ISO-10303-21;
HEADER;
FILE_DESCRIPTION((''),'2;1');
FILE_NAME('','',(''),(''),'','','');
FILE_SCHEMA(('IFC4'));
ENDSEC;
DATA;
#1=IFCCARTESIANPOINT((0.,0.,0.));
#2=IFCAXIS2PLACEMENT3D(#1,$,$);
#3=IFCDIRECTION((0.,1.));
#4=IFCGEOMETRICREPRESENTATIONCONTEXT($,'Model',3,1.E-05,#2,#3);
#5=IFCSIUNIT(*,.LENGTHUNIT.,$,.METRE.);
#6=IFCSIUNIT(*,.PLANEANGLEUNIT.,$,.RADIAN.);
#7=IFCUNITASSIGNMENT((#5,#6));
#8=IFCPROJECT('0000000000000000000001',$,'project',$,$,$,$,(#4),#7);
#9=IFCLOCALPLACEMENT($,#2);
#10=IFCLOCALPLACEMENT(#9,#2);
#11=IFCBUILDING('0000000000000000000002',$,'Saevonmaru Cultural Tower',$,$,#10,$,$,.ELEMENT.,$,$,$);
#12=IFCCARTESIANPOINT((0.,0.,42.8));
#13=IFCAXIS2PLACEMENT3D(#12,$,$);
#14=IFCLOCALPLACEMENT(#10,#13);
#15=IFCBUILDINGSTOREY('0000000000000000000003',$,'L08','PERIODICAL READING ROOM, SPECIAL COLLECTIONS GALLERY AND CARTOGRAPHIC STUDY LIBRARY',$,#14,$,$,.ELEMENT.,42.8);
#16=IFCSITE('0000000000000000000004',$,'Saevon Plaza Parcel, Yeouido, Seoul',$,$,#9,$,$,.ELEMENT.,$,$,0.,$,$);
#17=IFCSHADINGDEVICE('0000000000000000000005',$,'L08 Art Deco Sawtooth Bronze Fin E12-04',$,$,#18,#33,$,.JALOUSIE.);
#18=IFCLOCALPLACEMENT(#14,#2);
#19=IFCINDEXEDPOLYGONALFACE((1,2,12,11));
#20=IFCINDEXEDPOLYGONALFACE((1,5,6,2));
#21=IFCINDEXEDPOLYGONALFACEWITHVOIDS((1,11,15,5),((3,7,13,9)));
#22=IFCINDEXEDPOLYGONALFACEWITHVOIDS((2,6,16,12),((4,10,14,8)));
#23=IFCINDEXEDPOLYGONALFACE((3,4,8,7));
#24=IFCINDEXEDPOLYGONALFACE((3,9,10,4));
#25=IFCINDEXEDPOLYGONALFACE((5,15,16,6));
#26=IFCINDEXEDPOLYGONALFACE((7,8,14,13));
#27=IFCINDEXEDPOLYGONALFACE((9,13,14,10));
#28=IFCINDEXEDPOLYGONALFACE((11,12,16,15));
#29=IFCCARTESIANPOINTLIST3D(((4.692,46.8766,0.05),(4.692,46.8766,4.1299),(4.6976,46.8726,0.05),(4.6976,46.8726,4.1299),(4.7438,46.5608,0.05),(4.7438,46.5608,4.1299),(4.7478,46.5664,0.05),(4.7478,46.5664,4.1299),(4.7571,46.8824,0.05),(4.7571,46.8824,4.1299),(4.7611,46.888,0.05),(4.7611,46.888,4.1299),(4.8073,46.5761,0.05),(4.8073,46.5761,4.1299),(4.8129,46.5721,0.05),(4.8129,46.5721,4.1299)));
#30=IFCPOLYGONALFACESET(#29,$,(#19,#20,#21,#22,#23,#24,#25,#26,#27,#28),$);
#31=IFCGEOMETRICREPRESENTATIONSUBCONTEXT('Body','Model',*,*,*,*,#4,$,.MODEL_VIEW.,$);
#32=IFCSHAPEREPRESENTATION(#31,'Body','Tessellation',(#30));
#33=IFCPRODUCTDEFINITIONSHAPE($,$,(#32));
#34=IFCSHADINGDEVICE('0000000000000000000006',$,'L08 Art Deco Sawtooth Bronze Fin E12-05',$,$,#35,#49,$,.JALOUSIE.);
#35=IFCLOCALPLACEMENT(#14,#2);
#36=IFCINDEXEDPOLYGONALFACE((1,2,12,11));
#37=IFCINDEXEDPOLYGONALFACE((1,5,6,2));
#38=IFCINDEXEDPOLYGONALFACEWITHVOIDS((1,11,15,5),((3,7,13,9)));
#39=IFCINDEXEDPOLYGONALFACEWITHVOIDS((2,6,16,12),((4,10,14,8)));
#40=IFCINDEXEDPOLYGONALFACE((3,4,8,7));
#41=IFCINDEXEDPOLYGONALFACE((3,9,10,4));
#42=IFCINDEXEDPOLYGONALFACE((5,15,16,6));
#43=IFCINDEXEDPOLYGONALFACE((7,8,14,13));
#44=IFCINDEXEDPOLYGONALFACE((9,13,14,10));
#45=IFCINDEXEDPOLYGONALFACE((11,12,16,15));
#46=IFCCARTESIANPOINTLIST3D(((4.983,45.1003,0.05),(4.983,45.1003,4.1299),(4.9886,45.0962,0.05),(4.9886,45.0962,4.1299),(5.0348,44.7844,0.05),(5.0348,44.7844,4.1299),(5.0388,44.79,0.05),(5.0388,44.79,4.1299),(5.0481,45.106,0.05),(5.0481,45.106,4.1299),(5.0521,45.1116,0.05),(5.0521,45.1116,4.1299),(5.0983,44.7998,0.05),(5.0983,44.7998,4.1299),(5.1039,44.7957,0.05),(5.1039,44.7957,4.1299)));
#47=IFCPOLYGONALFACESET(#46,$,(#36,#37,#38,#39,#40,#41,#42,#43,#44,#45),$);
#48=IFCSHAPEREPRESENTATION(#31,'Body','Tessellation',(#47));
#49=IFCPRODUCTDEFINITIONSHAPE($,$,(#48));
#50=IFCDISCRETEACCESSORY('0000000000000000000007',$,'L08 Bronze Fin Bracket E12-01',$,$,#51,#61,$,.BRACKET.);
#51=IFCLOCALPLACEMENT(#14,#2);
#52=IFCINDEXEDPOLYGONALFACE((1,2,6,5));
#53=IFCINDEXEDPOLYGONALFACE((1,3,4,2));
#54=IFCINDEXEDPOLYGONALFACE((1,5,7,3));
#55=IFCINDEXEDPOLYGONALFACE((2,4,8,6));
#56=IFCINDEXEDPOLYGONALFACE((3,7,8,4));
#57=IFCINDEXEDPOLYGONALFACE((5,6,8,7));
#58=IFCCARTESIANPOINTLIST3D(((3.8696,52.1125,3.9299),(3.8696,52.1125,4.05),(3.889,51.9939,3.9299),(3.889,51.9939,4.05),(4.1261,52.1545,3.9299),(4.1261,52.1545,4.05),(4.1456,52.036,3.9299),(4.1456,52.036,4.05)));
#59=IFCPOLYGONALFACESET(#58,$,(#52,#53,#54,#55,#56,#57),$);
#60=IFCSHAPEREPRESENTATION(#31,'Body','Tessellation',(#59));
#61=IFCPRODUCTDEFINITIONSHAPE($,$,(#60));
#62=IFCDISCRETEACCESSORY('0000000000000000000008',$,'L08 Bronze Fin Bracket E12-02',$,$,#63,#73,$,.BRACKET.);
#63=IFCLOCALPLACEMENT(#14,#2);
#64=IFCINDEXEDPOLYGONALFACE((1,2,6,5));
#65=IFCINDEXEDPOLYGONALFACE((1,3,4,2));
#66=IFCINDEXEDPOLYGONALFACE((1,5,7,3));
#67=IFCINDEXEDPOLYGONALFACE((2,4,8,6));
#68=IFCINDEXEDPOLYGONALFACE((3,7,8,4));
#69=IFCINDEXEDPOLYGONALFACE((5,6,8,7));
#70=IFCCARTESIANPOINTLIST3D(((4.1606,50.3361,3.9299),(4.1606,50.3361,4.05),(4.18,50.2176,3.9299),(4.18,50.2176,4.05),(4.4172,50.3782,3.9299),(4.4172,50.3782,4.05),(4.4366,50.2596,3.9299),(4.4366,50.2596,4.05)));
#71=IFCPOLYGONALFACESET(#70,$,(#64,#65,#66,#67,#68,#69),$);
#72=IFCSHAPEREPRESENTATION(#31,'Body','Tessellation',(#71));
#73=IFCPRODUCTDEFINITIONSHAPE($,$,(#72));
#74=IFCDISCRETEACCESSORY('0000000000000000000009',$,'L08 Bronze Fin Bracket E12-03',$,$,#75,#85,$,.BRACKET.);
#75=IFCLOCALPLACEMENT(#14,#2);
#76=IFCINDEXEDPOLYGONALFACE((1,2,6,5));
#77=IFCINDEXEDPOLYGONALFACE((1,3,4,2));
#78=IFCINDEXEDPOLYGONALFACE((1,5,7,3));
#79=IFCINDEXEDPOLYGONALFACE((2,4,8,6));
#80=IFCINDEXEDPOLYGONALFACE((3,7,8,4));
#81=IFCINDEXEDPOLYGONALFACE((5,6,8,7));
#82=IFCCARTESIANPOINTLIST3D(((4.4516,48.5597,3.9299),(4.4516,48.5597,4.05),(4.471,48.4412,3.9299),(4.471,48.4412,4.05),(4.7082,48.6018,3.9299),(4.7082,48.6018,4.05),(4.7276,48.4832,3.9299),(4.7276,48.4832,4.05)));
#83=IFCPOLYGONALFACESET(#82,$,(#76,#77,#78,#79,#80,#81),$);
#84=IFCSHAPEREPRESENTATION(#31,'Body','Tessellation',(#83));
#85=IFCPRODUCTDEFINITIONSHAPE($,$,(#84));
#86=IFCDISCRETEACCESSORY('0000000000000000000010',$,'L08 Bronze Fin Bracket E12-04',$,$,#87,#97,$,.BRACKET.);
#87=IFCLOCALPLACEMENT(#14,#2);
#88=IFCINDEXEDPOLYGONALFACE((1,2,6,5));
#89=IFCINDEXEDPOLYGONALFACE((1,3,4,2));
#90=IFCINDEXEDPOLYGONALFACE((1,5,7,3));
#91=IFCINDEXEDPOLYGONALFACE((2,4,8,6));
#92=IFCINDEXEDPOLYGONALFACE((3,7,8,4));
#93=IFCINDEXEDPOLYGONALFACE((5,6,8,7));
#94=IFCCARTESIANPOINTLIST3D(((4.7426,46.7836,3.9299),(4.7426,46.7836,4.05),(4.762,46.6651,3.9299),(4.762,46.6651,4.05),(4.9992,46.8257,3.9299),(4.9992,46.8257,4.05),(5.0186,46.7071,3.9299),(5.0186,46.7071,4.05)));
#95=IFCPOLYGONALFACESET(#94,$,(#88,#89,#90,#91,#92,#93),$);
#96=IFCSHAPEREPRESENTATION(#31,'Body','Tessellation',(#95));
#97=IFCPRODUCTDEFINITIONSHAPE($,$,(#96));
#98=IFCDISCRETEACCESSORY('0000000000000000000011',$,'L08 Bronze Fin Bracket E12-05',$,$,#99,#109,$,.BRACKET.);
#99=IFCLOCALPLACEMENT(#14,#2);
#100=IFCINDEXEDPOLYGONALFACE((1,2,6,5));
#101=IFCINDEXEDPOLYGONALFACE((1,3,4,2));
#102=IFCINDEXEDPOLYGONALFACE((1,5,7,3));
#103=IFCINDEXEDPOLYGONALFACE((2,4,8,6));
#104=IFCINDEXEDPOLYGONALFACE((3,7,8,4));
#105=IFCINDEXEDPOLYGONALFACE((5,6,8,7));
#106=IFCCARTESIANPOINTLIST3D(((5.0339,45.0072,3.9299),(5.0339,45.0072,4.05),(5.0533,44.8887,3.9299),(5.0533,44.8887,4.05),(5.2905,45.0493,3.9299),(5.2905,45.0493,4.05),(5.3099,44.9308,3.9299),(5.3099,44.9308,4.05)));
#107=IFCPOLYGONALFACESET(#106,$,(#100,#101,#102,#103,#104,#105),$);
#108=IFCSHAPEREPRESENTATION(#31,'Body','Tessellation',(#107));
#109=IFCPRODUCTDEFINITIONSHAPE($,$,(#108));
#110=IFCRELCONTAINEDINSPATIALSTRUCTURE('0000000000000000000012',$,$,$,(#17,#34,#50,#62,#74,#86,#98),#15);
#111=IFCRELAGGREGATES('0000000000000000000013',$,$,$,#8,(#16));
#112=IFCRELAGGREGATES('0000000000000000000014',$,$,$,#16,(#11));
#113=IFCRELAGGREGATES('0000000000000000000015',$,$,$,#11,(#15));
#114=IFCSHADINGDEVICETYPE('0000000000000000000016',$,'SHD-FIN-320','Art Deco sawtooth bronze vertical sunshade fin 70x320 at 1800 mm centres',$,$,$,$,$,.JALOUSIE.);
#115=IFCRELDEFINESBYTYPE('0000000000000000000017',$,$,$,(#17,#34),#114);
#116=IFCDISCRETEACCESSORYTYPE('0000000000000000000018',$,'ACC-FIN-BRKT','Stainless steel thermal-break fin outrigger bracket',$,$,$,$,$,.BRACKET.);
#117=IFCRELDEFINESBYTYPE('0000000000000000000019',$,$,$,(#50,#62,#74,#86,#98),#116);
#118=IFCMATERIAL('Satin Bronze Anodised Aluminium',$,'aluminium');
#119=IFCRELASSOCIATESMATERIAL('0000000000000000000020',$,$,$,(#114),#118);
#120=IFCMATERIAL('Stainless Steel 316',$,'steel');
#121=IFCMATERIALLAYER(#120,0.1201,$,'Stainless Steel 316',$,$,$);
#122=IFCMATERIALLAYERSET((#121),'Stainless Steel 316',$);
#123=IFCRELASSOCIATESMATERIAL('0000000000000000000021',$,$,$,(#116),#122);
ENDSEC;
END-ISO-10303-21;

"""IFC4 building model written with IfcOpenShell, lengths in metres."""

from ifc_helpers import new_model, si_unit, direction, frame, origin, origin_2d, place, context, subcontext, project, spatial, rectangle, hollow_rectangle, extrude, material, layer, layer_set, material_profile, profile_set, type_object, element, save


model = new_model("IFC4")

# Units and contexts
model_context = context("Model", 3, precision=1e-05, world=origin(), true_north=direction((0.0, 1.0)))
body_context = subcontext(model_context, "Body", "Model", "MODEL_VIEW")
ifc_project = project(units=[si_unit("LENGTHUNIT", "METRE"), si_unit("PLANEANGLEUNIT", "RADIAN")], contexts=[model_context])

# Site, building, storey
site_placement = place(None, origin())
site = spatial("IfcSite", under=ifc_project, at=site_placement, Name="Saevon Plaza Parcel, Yeouido, Seoul", CompositionType="ELEMENT", RefElevation=0.0)
building_placement = place(site_placement, origin())
building = spatial("IfcBuilding", under=site, at=building_placement, Name="Saevonmaru Cultural Tower", CompositionType="ELEMENT")
storey_placement = place(building_placement, frame((0.0, 0.0, 42.8)))
storey = spatial("IfcBuildingStorey", under=building, at=storey_placement, Name="L08", Description="PERIODICAL READING ROOM, SPECIAL COLLECTIONS GALLERY AND CARTOGRAPHIC STUDY LIBRARY", CompositionType="ELEMENT", Elevation=42.8)

# Shared definitions
ifc_material_1 = material(Name="Satin Bronze Anodised Aluminium", Category="aluminium")

# Shading devices
ifc_material_profile_1 = material_profile(ifc_material_1, hollow_rectangle(XDim=0.0701, YDim=0.3201, WallThickness=0.0049, at=origin_2d()), Name="FIN-320x70")
ifc_profile_set_1 = profile_set([ifc_material_profile_1], Name="Satin Bronze Anodised Aluminium")
shading_device_type = type_object("IfcShadingDeviceType", Name="SHD-FIN-320", Description="Art Deco sawtooth bronze vertical sunshade fin 70x320 at 1800 mm centres", PredefinedType="JALOUSIE", material=ifc_profile_set_1)
for number, where, z_axis, x_axis, name in (
    (1, (4.7524, 46.7244, 0.05), (0.0, 0.0, 1.0), (-0.986827, -0.161776, 0.0), "L08 Art Deco Sawtooth Bronze Fin E12-04"),
    (2, (5.0435, 44.948, 0.05), (0.0, 0.0, 1.0), (-0.986827, -0.161776, 0.0), "L08 Art Deco Sawtooth Bronze Fin E12-05"),
):
    element("IfcShadingDevice", number, at=place(storey_placement, frame(where, z_axis=z_axis, x_axis=x_axis)), inside=storey, type_object=shading_device_type, Name=name, PredefinedType="JALOUSIE", context=body_context, shape_type="SweptSolid", body=[
        extrude(hollow_rectangle(XDim=0.0701, YDim=0.3201, WallThickness=0.0049, at=origin_2d()), origin(), (0.0, 0.0, 1.0), 4.0798),
    ])

# Discrete accessories
ifc_material_2 = material(Name="Stainless Steel 316", Category="steel")
ifc_layer_1 = layer(ifc_material_2, 0.1201, Name="Stainless Steel 316")
ifc_layer_set_1 = layer_set([ifc_layer_1], Name="Stainless Steel 316")
discrete_accessory_type = type_object("IfcDiscreteAccessoryType", Name="ACC-FIN-BRKT", Description="Stainless steel thermal-break fin outrigger bracket", PredefinedType="BRACKET", material=ifc_layer_set_1)
for number, where, z_axis, x_axis, name in (
    (3, (4.0076, 52.0742, 3.9299), (0.0, 0.0, 1.0), (-0.986827, -0.161776, 0.0), "L08 Bronze Fin Bracket E12-01"),
    (4, (4.2986, 50.2979, 3.9299), (0.0, 0.0, 1.0), (-0.986827, -0.161776, 0.0), "L08 Bronze Fin Bracket E12-02"),
    (5, (4.5896, 48.5215, 3.9299), (0.0, 0.0, 1.0), (-0.986827, -0.161776, 0.0), "L08 Bronze Fin Bracket E12-03"),
    (6, (4.8806, 46.7454, 3.9299), (0.0, 0.0, 1.0), (-0.986827, -0.161776, 0.0), "L08 Bronze Fin Bracket E12-04"),
    (7, (5.1719, 44.969, 3.9299), (0.0, 0.0, 1.0), (-0.986827, -0.161776, 0.0), "L08 Bronze Fin Bracket E12-05"),
):
    element("IfcDiscreteAccessory", number, at=place(storey_placement, frame(where, z_axis=z_axis, x_axis=x_axis)), inside=storey, type_object=discrete_accessory_type, Name=name, PredefinedType="BRACKET", context=body_context, shape_type="SweptSolid", body=[
        extrude(rectangle(XDim=0.26, YDim=0.1201, at=origin_2d()), origin(), (0.0, 0.0, 1.0), 0.1201),
    ])

save(model, "model.ifc")
